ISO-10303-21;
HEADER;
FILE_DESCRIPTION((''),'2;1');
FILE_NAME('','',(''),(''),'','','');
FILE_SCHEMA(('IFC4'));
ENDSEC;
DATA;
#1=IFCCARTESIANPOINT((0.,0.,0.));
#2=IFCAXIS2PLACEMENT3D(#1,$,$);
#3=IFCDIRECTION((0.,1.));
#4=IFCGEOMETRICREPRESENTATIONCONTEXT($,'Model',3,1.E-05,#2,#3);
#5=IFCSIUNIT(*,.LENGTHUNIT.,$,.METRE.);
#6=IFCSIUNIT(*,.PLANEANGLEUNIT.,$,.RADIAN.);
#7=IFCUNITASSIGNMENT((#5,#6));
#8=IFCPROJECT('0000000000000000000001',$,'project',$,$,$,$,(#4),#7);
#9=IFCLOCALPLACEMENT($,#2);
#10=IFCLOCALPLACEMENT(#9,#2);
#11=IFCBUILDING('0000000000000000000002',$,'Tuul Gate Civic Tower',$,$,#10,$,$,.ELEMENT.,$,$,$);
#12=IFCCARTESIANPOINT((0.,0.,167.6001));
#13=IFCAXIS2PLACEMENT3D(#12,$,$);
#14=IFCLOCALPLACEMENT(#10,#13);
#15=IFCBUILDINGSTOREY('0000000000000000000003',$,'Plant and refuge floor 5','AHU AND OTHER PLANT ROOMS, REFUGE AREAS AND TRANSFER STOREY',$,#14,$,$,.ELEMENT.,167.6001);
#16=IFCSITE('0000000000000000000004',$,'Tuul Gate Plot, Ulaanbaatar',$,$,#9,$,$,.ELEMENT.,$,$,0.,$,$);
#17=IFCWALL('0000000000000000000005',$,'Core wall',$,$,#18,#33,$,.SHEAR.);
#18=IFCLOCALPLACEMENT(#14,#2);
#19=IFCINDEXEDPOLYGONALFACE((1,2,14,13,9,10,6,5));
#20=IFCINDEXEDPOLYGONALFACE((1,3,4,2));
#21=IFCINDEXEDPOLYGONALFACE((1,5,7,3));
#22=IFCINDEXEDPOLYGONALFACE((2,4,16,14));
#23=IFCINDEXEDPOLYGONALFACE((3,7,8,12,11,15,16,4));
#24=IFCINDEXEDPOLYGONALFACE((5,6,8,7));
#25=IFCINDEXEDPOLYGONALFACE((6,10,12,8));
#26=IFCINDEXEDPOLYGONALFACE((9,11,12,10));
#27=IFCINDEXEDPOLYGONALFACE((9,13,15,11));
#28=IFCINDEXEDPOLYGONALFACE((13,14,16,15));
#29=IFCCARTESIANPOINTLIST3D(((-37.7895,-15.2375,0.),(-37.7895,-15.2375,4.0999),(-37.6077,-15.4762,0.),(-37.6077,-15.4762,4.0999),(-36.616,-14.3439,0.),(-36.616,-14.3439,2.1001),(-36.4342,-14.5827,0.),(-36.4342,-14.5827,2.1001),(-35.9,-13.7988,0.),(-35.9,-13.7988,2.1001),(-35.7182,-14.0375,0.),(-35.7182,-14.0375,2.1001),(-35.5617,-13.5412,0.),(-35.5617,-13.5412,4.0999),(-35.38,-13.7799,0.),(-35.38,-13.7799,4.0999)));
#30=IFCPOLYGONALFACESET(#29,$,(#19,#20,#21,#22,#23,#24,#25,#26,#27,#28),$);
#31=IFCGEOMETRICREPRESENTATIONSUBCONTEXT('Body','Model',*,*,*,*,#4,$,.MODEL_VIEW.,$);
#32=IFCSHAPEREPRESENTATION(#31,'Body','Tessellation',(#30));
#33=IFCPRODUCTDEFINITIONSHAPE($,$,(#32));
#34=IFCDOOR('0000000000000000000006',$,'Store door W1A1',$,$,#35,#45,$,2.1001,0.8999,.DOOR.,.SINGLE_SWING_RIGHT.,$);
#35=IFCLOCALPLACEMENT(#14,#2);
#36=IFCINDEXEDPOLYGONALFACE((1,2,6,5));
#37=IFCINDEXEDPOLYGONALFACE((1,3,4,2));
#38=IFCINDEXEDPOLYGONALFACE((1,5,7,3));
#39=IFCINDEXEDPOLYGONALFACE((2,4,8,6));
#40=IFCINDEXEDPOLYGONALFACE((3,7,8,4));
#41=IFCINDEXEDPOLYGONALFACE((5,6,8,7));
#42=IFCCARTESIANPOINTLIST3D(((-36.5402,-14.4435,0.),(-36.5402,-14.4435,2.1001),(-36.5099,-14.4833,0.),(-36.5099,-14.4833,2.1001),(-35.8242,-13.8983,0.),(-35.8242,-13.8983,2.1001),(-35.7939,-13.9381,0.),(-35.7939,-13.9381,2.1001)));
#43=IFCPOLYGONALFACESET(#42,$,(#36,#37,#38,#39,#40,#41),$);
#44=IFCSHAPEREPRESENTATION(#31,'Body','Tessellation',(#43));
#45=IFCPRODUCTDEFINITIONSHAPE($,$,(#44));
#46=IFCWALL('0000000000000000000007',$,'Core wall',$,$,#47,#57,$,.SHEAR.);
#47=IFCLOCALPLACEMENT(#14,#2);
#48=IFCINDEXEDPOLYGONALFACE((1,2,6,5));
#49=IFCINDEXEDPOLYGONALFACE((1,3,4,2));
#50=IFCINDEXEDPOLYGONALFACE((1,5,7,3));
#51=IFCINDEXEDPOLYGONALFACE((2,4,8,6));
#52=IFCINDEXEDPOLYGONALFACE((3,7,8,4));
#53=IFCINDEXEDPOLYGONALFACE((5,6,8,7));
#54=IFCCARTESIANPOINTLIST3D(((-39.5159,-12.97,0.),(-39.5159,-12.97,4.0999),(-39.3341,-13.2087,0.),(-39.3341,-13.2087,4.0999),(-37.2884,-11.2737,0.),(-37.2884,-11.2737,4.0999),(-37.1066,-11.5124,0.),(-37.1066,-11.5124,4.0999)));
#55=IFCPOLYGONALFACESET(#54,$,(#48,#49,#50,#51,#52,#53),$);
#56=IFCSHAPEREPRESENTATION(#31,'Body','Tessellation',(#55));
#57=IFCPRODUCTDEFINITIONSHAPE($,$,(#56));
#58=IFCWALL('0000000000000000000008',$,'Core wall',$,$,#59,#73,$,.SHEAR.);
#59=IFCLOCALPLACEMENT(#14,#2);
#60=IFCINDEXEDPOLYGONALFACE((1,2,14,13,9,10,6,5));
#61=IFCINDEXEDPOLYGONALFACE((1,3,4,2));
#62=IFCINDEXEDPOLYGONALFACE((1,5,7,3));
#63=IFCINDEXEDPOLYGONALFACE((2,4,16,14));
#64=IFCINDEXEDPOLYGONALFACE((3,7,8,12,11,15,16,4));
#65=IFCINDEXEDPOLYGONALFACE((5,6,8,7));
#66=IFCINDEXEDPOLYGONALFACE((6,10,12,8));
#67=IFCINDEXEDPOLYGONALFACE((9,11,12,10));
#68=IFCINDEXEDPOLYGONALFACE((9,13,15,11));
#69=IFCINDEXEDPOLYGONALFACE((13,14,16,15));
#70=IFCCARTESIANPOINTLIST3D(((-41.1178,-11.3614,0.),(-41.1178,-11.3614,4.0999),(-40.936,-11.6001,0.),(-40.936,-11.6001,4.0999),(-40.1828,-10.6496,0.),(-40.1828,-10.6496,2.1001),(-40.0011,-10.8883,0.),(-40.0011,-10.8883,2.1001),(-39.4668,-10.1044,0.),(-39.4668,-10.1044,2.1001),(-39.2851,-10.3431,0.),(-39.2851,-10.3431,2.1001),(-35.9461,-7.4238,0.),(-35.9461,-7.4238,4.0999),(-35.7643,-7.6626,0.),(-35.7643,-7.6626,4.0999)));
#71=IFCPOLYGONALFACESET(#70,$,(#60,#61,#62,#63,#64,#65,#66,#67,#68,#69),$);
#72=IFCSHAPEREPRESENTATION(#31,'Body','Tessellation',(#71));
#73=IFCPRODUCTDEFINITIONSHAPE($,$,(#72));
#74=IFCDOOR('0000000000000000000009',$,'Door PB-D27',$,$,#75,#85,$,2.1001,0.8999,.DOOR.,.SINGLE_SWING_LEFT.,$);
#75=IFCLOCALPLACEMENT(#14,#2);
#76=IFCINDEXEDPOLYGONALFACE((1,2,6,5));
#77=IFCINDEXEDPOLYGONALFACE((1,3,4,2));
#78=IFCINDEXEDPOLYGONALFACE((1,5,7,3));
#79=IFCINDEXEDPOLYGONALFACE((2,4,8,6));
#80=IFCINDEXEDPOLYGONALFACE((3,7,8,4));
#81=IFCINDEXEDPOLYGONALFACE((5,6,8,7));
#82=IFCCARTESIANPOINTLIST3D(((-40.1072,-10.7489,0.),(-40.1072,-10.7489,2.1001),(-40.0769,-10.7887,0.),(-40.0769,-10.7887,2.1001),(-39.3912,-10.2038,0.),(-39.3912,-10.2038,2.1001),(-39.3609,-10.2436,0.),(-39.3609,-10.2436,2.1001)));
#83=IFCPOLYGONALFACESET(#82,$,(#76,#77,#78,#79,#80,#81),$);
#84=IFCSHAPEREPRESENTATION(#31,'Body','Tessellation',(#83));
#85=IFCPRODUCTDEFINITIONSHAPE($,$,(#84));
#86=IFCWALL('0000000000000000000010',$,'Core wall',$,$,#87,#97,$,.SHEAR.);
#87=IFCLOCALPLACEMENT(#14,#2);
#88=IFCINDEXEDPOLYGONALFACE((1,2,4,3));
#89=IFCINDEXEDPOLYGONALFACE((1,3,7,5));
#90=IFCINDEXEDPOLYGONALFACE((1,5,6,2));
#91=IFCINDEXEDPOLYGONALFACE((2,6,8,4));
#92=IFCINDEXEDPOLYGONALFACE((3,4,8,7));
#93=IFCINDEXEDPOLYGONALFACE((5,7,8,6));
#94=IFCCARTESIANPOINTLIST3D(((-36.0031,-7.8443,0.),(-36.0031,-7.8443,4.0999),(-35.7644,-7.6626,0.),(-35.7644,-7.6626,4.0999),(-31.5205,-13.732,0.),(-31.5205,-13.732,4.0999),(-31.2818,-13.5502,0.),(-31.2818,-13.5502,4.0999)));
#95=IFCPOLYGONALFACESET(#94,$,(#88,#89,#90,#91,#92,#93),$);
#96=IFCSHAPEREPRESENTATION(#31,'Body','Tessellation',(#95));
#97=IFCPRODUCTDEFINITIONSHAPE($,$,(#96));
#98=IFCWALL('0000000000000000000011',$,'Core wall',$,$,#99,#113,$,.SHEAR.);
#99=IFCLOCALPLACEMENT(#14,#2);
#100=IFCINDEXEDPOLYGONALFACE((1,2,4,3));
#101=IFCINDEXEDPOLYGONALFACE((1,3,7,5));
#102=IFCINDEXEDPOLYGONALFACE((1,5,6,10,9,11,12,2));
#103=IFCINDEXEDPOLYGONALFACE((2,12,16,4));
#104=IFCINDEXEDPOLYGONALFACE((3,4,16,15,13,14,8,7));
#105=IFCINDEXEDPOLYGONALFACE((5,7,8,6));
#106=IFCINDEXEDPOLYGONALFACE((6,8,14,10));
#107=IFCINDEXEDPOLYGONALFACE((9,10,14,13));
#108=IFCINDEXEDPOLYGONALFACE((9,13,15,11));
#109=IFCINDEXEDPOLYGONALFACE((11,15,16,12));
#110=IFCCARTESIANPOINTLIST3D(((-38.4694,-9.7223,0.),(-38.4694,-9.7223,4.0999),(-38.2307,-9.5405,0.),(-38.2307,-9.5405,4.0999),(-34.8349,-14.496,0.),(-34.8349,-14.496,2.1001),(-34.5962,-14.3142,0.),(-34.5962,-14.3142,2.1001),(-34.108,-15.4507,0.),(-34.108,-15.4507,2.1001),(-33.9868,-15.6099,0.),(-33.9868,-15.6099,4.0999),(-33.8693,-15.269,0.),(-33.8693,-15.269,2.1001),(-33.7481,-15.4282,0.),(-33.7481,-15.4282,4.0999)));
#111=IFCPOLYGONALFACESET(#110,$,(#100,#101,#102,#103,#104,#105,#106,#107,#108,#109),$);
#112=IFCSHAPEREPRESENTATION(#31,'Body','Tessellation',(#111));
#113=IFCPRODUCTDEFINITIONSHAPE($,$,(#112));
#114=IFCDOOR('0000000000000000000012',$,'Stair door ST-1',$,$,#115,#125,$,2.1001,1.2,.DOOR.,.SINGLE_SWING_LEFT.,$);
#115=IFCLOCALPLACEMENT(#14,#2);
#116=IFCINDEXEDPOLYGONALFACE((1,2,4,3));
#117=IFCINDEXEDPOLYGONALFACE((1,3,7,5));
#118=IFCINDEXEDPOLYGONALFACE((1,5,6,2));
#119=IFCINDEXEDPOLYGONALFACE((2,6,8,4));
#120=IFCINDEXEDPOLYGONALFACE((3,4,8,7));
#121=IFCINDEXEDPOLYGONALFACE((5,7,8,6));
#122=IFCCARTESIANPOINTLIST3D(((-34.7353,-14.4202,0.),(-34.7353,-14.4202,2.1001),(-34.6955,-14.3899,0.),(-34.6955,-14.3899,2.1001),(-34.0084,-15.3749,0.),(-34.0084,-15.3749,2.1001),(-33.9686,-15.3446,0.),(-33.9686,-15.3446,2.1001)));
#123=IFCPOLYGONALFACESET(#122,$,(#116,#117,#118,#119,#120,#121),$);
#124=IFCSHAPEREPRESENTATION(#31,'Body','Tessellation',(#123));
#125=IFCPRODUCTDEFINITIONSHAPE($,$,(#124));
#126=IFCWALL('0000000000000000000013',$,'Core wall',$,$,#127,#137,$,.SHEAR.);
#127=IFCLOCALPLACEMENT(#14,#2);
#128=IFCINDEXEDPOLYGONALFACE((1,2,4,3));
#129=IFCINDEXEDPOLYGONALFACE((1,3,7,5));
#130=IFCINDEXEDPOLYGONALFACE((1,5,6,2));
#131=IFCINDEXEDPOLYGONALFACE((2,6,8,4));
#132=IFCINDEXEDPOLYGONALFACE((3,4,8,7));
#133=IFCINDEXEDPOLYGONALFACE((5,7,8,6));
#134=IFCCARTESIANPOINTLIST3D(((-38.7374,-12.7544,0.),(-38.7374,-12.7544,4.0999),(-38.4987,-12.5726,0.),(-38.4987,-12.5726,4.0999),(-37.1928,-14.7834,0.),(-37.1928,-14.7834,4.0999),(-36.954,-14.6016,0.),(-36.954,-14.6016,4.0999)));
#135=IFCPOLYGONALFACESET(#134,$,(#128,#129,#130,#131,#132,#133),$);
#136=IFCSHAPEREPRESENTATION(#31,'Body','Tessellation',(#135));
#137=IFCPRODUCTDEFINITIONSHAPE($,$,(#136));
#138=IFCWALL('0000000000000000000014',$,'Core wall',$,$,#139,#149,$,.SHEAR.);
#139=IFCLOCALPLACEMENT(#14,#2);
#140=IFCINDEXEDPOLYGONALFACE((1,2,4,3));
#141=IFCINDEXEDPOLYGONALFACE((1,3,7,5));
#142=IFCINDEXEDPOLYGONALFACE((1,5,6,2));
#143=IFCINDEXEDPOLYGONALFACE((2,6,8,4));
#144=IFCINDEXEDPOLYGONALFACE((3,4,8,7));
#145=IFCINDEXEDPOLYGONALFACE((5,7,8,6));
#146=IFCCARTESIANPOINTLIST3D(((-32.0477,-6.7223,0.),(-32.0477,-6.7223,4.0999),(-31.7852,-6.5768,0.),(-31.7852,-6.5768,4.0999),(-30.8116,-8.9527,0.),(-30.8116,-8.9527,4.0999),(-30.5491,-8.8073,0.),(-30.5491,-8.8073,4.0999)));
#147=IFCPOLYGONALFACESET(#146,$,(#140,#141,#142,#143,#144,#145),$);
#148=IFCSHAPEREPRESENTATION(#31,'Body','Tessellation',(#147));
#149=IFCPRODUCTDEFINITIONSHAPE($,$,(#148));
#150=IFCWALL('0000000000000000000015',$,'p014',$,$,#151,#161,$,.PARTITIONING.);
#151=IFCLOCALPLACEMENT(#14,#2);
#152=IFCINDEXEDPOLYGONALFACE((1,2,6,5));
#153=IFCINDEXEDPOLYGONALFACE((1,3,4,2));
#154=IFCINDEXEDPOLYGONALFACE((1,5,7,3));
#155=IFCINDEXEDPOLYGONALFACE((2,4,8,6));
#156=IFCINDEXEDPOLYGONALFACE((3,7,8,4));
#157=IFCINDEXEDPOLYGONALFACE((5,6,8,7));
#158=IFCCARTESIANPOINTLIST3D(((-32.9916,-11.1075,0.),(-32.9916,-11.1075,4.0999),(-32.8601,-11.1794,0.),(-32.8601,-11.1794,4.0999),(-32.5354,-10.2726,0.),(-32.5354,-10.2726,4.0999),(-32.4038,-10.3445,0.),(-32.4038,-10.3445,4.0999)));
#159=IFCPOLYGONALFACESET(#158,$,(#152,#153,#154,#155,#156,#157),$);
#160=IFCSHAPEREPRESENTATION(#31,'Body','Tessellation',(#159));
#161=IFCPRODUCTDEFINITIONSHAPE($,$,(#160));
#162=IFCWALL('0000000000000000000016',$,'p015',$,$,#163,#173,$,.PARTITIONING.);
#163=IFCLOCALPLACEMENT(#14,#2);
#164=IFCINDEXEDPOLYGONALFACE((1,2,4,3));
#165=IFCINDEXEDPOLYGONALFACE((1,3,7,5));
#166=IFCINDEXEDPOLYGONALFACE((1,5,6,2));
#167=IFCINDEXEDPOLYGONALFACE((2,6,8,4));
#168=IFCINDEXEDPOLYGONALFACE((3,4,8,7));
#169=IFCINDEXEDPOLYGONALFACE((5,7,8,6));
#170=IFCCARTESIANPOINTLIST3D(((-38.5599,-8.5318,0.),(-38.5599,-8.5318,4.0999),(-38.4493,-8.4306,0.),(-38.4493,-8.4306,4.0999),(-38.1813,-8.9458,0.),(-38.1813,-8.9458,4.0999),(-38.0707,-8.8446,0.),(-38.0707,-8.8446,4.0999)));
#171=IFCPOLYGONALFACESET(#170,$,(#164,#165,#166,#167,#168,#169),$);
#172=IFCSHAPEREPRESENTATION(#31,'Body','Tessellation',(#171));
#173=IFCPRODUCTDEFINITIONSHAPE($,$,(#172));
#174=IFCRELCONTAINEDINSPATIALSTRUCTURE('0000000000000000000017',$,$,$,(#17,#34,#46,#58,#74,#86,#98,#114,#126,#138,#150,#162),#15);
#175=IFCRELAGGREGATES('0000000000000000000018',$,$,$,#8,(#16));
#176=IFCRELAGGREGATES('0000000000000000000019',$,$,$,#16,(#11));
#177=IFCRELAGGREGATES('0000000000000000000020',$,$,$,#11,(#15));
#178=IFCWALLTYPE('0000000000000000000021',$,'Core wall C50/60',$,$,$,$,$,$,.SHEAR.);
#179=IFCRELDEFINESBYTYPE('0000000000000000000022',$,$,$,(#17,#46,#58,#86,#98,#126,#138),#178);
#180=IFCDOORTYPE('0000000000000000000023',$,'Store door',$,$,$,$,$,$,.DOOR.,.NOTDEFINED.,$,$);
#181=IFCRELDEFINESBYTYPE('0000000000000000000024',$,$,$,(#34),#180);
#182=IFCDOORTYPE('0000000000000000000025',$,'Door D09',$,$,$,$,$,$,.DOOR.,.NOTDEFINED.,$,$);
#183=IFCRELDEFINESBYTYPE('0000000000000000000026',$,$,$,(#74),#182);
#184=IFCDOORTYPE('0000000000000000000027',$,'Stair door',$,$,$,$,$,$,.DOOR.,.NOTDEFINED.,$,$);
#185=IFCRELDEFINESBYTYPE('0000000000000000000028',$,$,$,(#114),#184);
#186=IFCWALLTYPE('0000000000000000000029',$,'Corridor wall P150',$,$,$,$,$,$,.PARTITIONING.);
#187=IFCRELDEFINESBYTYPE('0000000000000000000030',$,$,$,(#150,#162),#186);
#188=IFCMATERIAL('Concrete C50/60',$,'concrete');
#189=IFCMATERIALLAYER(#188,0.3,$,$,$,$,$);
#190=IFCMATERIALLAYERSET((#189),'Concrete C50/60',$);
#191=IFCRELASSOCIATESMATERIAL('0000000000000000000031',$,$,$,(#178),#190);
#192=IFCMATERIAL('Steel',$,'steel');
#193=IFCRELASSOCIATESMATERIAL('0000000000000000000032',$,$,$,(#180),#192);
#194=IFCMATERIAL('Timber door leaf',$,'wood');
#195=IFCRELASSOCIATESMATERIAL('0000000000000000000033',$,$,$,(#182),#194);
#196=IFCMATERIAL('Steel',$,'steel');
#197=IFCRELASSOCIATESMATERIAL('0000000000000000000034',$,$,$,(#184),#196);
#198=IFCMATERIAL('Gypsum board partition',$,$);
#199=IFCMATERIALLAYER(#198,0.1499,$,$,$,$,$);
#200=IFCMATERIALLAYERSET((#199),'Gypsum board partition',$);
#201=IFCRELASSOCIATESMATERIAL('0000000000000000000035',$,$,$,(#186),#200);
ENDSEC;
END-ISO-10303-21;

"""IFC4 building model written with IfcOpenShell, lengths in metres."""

from ifc_helpers import new_model, si_unit, direction, frame, frame_2d, origin, place, context, subcontext, project, spatial, rectangle, extrude, material, layer, layer_set, type_object, element, fill, save


model = new_model("IFC4")

# Units and contexts
model_context = context("Model", 3, precision=1e-05, world=origin(), true_north=direction((0.0, 1.0)))
body_context = subcontext(model_context, "Body", "Model", "MODEL_VIEW")
ifc_project = project(units=[si_unit("LENGTHUNIT", "METRE"), si_unit("PLANEANGLEUNIT", "RADIAN")], contexts=[model_context])

# Site, building, storey
site_placement = place(None, origin())
site = spatial("IfcSite", under=ifc_project, at=site_placement, Name="Tuul Gate Plot, Ulaanbaatar", CompositionType="ELEMENT", RefElevation=0.0)
building_placement = place(site_placement, origin())
building = spatial("IfcBuilding", under=site, at=building_placement, Name="Tuul Gate Civic Tower", CompositionType="ELEMENT")
storey_placement = place(building_placement, frame((0.0, 0.0, 167.6001)))
storey = spatial("IfcBuildingStorey", under=building, at=storey_placement, Name="Plant and refuge floor 5", Description="AHU AND OTHER PLANT ROOMS, REFUGE AREAS AND TRANSFER STOREY", CompositionType="ELEMENT", Elevation=167.6001)

# Wall, opening, door
ifc_material_1 = material(Name="Concrete C50/60", Category="concrete")
ifc_layer_1 = layer(ifc_material_1, 0.3)
ifc_layer_set_1 = layer_set([ifc_layer_1], Name="Concrete C50/60")
wall_type_1 = type_object("IfcWallType", Name="Core wall C50/60", PredefinedType="SHEAR", material=ifc_layer_set_1)
wall_1_placement = place(storey_placement, frame((-35.4709, -13.6606, 0.0), z_axis=(0.0, 0.0, 1.0), x_axis=(-0.795616, -0.605802, 0.0)))
wall_1 = element("IfcWall", 1, at=wall_1_placement, inside=storey, type_object=wall_type_1, Name="Core wall", PredefinedType="SHEAR", context=body_context, shape_type="SweptSolid", body=[
    extrude(rectangle(XDim=2.8, YDim=0.3, at=frame_2d((1.3999, 0.0))), origin(), (0.0, 0.0, 1.0), 4.0999),
])
opening_1_placement = place(wall_1_placement, frame((0.425, 0.0, 0.0)))
opening_1 = element("IfcOpeningElement", 2, at=opening_1_placement, cuts=wall_1, PredefinedType="OPENING", context=body_context, shape_type="SweptSolid", body=[
    extrude(rectangle(XDim=0.8999, YDim=2.1001, at=frame_2d((0.45, 1.05))), frame((0.0, 0.1602, 0.0), z_axis=(0.0, -1.0, 0.0), x_axis=(1.0, 0.0, 0.0)), (0.0, 0.0, 1.0), 0.3201),
])
ifc_material_2 = material(Name="Steel", Category="steel")
door_type_1 = type_object("IfcDoorType", Name="Store door", OperationType="NOTDEFINED", PredefinedType="DOOR", material=ifc_material_2)
door_1_placement = place(opening_1_placement, frame((0.8999, 0.0, 0.0), z_axis=(0.0, 0.0, 1.0), x_axis=(-1.0, 0.0, 0.0)))
door_1 = element("IfcDoor", 3, at=door_1_placement, inside=storey, type_object=door_type_1, Name="Store door W1A1", OperationType="SINGLE_SWING_RIGHT", OverallHeight=2.1001, OverallWidth=0.8999, PredefinedType="DOOR", context=body_context, shape_type="SweptSolid", body=[
    extrude(rectangle(XDim=0.8999, YDim=2.1001, at=frame_2d((0.45, 1.05))), frame((0.0, 0.0249, 0.0), z_axis=(0.0, -1.0, 0.0), x_axis=(1.0, 0.0, 0.0)), (0.0, 0.0, 1.0), 0.05),
])
fill(opening_1, door_1)

# Wall
wall_2_placement = place(storey_placement, frame((-37.1975, -11.3931, 0.0), z_axis=(0.0, 0.0, 1.0), x_axis=(-0.795584, -0.605844, 0.0)))
element("IfcWall", 4, at=wall_2_placement, inside=storey, type_object=wall_type_1, Name="Core wall", PredefinedType="SHEAR", context=body_context, shape_type="SweptSolid", body=[
    extrude(rectangle(XDim=2.7998, YDim=0.3, at=frame_2d((1.3999, 0.0))), origin(), (0.0, 0.0, 1.0), 4.0999),
])

# Wall, opening, door
wall_3_placement = place(storey_placement, frame((-35.8552, -7.5432, 0.0), z_axis=(0.0, 0.0, 1.0), x_axis=(-0.795639, -0.605772, 0.0)))
wall_3 = element("IfcWall", 5, at=wall_3_placement, inside=storey, type_object=wall_type_1, Name="Core wall", PredefinedType="SHEAR", context=body_context, shape_type="SweptSolid", body=[
    extrude(rectangle(XDim=6.5, YDim=0.3, at=frame_2d((3.25, 0.0))), origin(), (0.0, 0.0, 1.0), 4.0999),
])
opening_2_placement = place(wall_3_placement, frame((4.425, 0.0, 0.0)))
opening_2 = element("IfcOpeningElement", 6, at=opening_2_placement, cuts=wall_3, PredefinedType="OPENING", context=body_context, shape_type="SweptSolid", body=[
    extrude(rectangle(XDim=0.8999, YDim=2.1001, at=frame_2d((0.45, 1.05))), frame((0.0, 0.1602, 0.0), z_axis=(0.0, -1.0, 0.0), x_axis=(1.0, 0.0, 0.0)), (0.0, 0.0, 1.0), 0.3201),
])
ifc_material_3 = material(Name="Timber door leaf", Category="wood")
door_type_2 = type_object("IfcDoorType", Name="Door D09", OperationType="NOTDEFINED", PredefinedType="DOOR", material=ifc_material_3)
door_2_placement = place(opening_2_placement, origin())
door_2 = element("IfcDoor", 7, at=door_2_placement, inside=storey, type_object=door_type_2, Name="Door PB-D27", OperationType="SINGLE_SWING_LEFT", OverallHeight=2.1001, OverallWidth=0.8999, PredefinedType="DOOR", context=body_context, shape_type="SweptSolid", body=[
    extrude(rectangle(XDim=0.8999, YDim=2.1001, at=frame_2d((0.45, 1.05))), frame((0.0, 0.0249, 0.0), z_axis=(0.0, -1.0, 0.0), x_axis=(1.0, 0.0, 0.0)), (0.0, 0.0, 1.0), 0.05),
])
fill(opening_2, door_2)

# Wall
wall_4_placement = place(storey_placement, frame((-31.4011, -13.6411, 0.0), z_axis=(0.0, 0.0, 1.0), x_axis=(-0.60577, 0.79564, 0.0)))
element("IfcWall", 8, at=wall_4_placement, inside=storey, type_object=wall_type_1, Name="Core wall", PredefinedType="SHEAR", context=body_context, shape_type="SweptSolid", body=[
    extrude(rectangle(XDim=7.3999, YDim=0.3, at=frame_2d((3.7, 0.0))), origin(), (0.0, 0.0, 1.0), 4.0999),
])

# Wall, opening, door
wall_5_placement = place(storey_placement, frame((-33.8674, -15.519, 0.0), z_axis=(0.0, 0.0, 1.0), x_axis=(-0.60577, 0.79564, 0.0)))
wall_5 = element("IfcWall", 9, at=wall_5_placement, inside=storey, type_object=wall_type_1, Name="Core wall", PredefinedType="SHEAR", context=body_context, shape_type="SweptSolid", body=[
    extrude(rectangle(XDim=7.3999, YDim=0.3, at=frame_2d((3.7, 0.0))), origin(), (0.0, 0.0, 1.0), 4.0999),
])
opening_3_placement = place(wall_5_placement, frame((0.2, 0.0, 0.0)))
opening_3 = element("IfcOpeningElement", 10, at=opening_3_placement, cuts=wall_5, PredefinedType="OPENING", context=body_context, shape_type="SweptSolid", body=[
    extrude(rectangle(XDim=1.2, YDim=2.1001, at=frame_2d((0.6001, 1.05))), frame((0.0, 0.1602, 0.0), z_axis=(0.0, -1.0, 0.0), x_axis=(1.0, 0.0, 0.0)), (0.0, 0.0, 1.0), 0.3201),
])
ifc_material_4 = material(Name="Steel", Category="steel")
door_type_3 = type_object("IfcDoorType", Name="Stair door", OperationType="NOTDEFINED", PredefinedType="DOOR", material=ifc_material_4)
door_3_placement = place(opening_3_placement, origin())
door_3 = element("IfcDoor", 11, at=door_3_placement, inside=storey, type_object=door_type_3, Name="Stair door ST-1", OperationType="SINGLE_SWING_LEFT", OverallHeight=2.1001, OverallWidth=1.2, PredefinedType="DOOR", context=body_context, shape_type="SweptSolid", body=[
    extrude(rectangle(XDim=1.2, YDim=2.1001, at=frame_2d((0.6001, 1.05))), frame((0.0, 0.0249, 0.0), z_axis=(0.0, -1.0, 0.0), x_axis=(1.0, 0.0, 0.0)), (0.0, 0.0, 1.0), 0.05),
])
fill(opening_3, door_3)

# Walls
for number, where, z_axis, x_axis, name in (
    (12, (-37.0735, -14.6924, 0.0), (0.0, 0.0, 1.0), (-0.605729, 0.795671, 0.0), "Core wall"),
    (13, (-30.6804, -8.8799, 0.0), (0.0, 0.0, 1.0), (-0.484724, 0.874667, 0.0), "Core wall"),
):
    element("IfcWall", number, at=place(storey_placement, frame(where, z_axis=z_axis, x_axis=x_axis)), inside=storey, type_object=wall_type_1, Name=name, PredefinedType="SHEAR", context=body_context, shape_type="SweptSolid", body=[
        extrude(rectangle(XDim=2.55, YDim=0.3, at=frame_2d((1.2749, 0.0))), origin(), (0.0, 0.0, 1.0), 4.0999),
    ])
ifc_material_5 = material(Name="Gypsum board partition")
ifc_layer_2 = layer(ifc_material_5, 0.1499)
ifc_layer_set_2 = layer_set([ifc_layer_2], Name="Gypsum board partition")
wall_type_2 = type_object("IfcWallType", Name="Corridor wall P150", PredefinedType="PARTITIONING", material=ifc_layer_set_2)
wall_6_placement = place(storey_placement, frame((-32.9258, -11.1433, 0.0), z_axis=(0.0, 0.0, 1.0), x_axis=(0.479553, 0.877513, 0.0)))
element("IfcWall", 14, at=wall_6_placement, inside=storey, type_object=wall_type_2, Name="p014", PredefinedType="PARTITIONING", context=body_context, shape_type="SweptSolid", body=[
    extrude(rectangle(XDim=0.9514, YDim=0.1499, at=frame_2d((0.4756, 0.0))), origin(), (0.0, 0.0, 1.0), 4.0999),
])
wall_7_placement = place(storey_placement, frame((-38.5046, -8.4812, 0.0), z_axis=(0.0, 0.0, 1.0), x_axis=(0.674857, -0.737948, 0.0)))
element("IfcWall", 15, at=wall_7_placement, inside=storey, type_object=wall_type_2, Name="p015", PredefinedType="PARTITIONING", context=body_context, shape_type="SweptSolid", body=[
    extrude(rectangle(XDim=0.561, YDim=0.1499, at=frame_2d((0.2805, 0.0))), origin(), (0.0, 0.0, 1.0), 4.0999),
])

save(model, "model.ifc")
